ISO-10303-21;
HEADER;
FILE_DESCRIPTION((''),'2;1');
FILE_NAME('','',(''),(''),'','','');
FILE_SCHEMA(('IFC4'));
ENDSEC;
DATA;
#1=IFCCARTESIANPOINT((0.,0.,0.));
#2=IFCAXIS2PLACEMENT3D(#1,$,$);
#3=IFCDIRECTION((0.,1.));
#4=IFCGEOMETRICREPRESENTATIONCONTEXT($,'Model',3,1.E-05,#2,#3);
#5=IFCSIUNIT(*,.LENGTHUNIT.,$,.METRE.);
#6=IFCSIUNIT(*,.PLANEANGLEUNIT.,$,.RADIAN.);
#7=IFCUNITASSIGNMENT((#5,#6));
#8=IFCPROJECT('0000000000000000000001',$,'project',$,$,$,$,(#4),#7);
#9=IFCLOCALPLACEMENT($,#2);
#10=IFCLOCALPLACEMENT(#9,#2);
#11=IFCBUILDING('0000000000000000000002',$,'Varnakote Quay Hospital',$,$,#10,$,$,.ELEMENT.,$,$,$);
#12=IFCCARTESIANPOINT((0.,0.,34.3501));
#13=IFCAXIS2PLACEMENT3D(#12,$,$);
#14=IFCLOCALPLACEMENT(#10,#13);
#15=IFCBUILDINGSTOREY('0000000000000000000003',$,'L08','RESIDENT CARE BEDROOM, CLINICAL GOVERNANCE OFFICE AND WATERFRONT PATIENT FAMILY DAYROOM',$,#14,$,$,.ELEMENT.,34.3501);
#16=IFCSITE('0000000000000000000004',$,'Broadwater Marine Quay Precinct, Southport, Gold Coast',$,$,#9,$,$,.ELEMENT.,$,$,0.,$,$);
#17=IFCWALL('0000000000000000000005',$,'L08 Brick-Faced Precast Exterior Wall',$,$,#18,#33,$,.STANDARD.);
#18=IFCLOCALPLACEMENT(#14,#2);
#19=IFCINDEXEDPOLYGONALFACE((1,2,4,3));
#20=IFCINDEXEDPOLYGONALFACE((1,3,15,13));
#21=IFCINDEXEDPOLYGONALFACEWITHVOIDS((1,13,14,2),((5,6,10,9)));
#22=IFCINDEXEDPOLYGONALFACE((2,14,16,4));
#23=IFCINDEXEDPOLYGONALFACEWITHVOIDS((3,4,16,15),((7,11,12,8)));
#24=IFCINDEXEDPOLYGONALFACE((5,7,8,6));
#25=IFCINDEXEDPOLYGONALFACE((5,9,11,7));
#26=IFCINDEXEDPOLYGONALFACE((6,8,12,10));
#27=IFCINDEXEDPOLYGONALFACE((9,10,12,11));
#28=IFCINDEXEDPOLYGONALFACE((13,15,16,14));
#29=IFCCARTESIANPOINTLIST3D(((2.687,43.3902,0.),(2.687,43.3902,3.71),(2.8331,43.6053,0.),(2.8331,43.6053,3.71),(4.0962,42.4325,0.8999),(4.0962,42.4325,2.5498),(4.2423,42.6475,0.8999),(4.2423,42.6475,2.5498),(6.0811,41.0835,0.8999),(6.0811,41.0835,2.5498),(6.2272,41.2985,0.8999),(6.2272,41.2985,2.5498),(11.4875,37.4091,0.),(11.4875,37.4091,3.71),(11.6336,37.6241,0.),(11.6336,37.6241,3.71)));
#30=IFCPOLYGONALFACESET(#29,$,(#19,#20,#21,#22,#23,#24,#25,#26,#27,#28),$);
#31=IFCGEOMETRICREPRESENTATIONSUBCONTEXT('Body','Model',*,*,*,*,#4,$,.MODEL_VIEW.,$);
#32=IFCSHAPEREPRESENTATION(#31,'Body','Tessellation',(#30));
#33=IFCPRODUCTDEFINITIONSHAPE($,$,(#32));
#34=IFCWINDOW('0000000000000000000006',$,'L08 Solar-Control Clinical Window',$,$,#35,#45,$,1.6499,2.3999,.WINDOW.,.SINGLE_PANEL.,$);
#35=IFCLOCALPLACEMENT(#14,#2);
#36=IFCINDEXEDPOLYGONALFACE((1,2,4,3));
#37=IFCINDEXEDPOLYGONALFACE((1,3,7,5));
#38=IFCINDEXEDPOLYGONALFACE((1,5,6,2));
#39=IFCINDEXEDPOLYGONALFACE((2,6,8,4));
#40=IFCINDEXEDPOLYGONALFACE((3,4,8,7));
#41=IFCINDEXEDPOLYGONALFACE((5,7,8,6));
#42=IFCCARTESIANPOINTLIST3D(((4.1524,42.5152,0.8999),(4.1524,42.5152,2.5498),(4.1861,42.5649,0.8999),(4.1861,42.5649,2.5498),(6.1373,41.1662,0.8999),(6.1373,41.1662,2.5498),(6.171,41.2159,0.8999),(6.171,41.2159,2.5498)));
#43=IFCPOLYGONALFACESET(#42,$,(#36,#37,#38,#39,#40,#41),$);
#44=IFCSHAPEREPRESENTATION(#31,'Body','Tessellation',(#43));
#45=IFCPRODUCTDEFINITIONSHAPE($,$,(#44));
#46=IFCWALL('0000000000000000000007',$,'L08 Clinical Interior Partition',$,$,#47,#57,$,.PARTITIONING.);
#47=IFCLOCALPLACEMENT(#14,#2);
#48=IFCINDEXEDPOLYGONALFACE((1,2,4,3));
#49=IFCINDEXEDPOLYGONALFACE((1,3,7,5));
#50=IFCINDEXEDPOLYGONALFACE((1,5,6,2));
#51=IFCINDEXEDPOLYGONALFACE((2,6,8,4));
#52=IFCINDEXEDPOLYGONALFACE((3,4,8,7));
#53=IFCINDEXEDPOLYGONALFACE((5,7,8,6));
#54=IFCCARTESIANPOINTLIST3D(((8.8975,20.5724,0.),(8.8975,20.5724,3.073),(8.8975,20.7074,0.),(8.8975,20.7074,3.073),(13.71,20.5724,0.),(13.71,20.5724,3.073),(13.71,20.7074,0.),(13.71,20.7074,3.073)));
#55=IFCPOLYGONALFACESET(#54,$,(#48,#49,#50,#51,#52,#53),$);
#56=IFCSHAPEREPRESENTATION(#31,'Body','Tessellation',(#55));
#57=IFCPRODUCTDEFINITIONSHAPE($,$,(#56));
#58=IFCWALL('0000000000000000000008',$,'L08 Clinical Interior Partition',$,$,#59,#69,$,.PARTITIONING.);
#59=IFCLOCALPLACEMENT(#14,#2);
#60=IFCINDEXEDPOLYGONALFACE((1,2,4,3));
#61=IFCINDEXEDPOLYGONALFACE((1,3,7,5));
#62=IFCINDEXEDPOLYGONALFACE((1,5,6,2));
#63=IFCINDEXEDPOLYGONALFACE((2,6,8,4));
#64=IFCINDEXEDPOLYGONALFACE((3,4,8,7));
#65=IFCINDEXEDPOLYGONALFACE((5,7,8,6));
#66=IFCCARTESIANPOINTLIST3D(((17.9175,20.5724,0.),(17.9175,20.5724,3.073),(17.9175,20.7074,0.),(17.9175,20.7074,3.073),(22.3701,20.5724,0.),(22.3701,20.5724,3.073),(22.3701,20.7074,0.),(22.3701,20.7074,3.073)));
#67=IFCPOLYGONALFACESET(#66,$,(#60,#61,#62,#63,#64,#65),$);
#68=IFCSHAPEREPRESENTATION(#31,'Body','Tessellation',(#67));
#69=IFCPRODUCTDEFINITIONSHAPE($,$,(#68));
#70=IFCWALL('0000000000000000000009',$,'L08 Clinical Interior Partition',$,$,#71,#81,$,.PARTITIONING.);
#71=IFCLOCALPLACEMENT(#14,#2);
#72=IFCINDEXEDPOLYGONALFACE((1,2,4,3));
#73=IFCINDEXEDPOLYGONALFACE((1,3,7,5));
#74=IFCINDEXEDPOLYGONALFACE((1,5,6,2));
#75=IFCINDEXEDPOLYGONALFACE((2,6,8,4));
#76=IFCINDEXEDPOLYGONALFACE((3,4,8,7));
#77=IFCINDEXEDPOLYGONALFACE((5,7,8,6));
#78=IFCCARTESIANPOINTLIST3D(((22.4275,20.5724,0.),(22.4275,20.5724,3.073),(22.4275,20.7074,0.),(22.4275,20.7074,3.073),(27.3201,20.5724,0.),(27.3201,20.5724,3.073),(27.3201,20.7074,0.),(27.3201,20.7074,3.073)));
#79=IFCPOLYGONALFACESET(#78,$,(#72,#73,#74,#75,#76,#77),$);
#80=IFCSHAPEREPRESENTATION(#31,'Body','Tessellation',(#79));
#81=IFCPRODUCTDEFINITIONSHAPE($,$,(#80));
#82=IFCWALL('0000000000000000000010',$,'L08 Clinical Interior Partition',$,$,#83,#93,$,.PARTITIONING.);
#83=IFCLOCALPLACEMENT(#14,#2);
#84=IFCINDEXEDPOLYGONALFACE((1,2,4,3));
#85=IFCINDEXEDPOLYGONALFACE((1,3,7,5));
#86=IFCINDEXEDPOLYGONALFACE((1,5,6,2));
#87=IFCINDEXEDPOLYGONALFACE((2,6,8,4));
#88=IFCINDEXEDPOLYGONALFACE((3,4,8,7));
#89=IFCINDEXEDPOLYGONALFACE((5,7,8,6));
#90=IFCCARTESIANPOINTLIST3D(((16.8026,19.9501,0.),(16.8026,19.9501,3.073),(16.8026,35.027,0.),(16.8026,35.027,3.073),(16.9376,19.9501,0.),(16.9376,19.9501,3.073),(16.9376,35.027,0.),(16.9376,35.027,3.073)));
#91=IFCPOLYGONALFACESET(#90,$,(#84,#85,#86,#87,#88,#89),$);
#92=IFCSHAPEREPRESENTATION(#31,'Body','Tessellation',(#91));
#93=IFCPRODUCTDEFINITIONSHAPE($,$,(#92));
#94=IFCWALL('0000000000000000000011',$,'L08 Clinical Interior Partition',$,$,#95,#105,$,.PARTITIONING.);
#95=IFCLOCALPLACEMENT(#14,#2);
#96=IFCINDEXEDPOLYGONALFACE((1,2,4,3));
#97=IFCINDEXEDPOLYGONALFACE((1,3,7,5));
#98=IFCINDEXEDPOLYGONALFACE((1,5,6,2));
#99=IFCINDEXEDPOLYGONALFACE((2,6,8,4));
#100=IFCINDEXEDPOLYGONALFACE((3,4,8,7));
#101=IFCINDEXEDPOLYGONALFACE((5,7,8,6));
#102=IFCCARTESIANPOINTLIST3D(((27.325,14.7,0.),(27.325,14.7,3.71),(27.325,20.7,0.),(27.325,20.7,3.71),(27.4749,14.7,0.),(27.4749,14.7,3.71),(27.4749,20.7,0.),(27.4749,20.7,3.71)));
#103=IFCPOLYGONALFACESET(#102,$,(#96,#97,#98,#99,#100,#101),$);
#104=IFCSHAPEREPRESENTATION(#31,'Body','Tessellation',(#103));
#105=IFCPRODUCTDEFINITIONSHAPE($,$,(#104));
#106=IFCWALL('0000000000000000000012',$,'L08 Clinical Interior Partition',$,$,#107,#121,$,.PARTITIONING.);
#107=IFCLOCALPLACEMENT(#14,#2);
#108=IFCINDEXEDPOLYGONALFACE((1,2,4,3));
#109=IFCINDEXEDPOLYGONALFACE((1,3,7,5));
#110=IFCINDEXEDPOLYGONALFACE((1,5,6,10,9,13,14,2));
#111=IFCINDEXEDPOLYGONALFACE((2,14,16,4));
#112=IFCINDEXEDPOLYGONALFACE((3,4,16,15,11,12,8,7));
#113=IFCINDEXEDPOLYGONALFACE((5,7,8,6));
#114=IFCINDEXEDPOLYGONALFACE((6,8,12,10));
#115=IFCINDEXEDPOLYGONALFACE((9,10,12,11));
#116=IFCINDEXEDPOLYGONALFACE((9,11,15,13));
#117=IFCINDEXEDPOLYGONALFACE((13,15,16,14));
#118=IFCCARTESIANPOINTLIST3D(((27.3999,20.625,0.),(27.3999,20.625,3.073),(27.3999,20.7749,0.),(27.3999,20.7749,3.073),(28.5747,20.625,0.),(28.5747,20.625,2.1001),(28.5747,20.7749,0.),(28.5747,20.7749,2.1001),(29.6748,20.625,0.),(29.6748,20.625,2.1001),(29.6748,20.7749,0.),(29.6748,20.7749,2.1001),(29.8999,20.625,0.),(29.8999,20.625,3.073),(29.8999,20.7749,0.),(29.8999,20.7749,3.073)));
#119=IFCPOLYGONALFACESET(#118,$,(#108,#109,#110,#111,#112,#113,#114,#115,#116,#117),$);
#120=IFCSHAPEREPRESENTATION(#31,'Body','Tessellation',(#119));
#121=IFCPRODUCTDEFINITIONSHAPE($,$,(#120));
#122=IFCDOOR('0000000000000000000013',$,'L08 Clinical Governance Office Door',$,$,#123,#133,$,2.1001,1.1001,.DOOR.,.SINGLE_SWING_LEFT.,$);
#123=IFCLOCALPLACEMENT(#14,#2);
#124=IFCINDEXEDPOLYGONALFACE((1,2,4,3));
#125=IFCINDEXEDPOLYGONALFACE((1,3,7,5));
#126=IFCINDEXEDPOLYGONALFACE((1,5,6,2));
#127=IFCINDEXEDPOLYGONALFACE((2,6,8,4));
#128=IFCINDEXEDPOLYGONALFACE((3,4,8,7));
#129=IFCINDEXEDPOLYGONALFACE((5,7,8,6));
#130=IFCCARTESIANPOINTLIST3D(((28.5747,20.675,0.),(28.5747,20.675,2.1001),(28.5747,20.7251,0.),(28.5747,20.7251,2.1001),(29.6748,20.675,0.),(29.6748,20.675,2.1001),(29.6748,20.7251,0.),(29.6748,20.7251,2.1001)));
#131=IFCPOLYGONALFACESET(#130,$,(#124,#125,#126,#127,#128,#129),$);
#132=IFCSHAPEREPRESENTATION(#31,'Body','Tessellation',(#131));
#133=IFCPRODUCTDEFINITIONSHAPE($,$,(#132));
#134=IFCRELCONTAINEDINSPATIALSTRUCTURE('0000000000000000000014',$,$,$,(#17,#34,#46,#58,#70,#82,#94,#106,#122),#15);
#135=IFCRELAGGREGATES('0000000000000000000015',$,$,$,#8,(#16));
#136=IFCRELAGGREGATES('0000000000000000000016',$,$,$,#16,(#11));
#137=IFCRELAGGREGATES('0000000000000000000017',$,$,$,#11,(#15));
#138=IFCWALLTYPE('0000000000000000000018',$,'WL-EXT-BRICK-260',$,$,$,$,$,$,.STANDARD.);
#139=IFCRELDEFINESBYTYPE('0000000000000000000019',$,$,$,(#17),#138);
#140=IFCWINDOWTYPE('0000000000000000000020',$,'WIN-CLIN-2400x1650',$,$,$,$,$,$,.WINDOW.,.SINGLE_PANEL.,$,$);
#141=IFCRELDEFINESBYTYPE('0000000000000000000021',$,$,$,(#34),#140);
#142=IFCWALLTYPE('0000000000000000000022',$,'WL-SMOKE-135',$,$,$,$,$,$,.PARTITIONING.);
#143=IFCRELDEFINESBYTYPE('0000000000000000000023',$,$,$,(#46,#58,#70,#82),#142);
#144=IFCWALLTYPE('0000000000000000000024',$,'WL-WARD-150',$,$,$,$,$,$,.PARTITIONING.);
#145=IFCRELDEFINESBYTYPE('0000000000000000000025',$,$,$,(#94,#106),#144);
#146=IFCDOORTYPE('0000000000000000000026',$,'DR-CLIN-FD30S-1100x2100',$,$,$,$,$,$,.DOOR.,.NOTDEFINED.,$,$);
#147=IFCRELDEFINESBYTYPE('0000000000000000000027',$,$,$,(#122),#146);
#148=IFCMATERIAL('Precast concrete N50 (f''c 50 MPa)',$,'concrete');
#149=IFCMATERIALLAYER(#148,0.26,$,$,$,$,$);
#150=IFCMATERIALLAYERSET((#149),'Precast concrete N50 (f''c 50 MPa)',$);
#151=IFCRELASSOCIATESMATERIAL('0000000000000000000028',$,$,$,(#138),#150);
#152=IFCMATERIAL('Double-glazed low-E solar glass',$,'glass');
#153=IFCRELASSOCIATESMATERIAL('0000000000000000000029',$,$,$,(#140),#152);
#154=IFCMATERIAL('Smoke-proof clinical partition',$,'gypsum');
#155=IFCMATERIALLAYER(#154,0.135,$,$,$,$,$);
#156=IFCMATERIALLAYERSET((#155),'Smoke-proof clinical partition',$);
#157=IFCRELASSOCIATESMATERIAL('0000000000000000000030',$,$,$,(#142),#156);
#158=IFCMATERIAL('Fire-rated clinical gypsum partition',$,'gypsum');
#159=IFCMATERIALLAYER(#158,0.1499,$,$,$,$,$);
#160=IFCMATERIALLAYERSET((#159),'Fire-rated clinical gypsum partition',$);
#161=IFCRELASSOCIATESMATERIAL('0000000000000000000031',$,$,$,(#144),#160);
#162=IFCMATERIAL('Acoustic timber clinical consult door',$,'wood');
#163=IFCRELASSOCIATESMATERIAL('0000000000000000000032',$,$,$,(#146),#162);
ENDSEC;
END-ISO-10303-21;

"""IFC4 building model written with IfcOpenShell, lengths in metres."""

from ifc_helpers import new_model, si_unit, direction, frame, frame_2d, origin, place, context, subcontext, project, spatial, rectangle, extrude, material, layer, layer_set, type_object, element, fill, save


model = new_model("IFC4")

# Units and contexts
model_context = context("Model", 3, precision=1e-05, world=origin(), true_north=direction((0.0, 1.0)))
body_context = subcontext(model_context, "Body", "Model", "MODEL_VIEW")
ifc_project = project(units=[si_unit("LENGTHUNIT", "METRE"), si_unit("PLANEANGLEUNIT", "RADIAN")], contexts=[model_context])

# Site, building, storey
site_placement = place(None, origin())
site = spatial("IfcSite", under=ifc_project, at=site_placement, Name="Broadwater Marine Quay Precinct, Southport, Gold Coast", CompositionType="ELEMENT", RefElevation=0.0)
building_placement = place(site_placement, origin())
building = spatial("IfcBuilding", under=site, at=building_placement, Name="Varnakote Quay Hospital", CompositionType="ELEMENT")
storey_placement = place(building_placement, frame((0.0, 0.0, 34.3501)))
storey = spatial("IfcBuildingStorey", under=building, at=storey_placement, Name="L08", Description="RESIDENT CARE BEDROOM, CLINICAL GOVERNANCE OFFICE AND WATERFRONT PATIENT FAMILY DAYROOM", CompositionType="ELEMENT", Elevation=34.3501)

# Wall, opening, window
ifc_material_1 = material(Name="Precast concrete N50 (f'c 50 MPa)", Category="concrete")
ifc_layer_1 = layer(ifc_material_1, 0.26)
ifc_layer_set_1 = layer_set([ifc_layer_1], Name="Precast concrete N50 (f'c 50 MPa)")
wall_type_1 = type_object("IfcWallType", Name="WL-EXT-BRICK-260", PredefinedType="STANDARD", material=ifc_layer_set_1)
ifc_material_2 = material(Name="Double-glazed low-E solar glass", Category="glass")
window_type = type_object("IfcWindowType", Name="WIN-CLIN-2400x1650", PartitioningType="SINGLE_PANEL", PredefinedType="WINDOW", material=ifc_material_2)
wall_1_placement = place(storey_placement, frame((11.5605, 37.5166, 0.0), z_axis=(0.0, 0.0, 1.0), x_axis=(-0.827065, 0.562107, 0.0)))
wall_1 = element("IfcWall", 1, at=wall_1_placement, inside=storey, type_object=wall_type_1, Name="L08 Brick-Faced Precast Exterior Wall", PredefinedType="STANDARD", context=body_context, shape_type="SweptSolid", body=[
    extrude(rectangle(XDim=10.6406, YDim=0.26, at=frame_2d((5.3203, 0.0))), origin(), (0.0, 0.0, 1.0), 3.71),
])
opening_1_placement = place(wall_1_placement, frame((6.5369, 0.0, 0.8999)))
opening_1 = element("IfcOpeningElement", 2, at=opening_1_placement, cuts=wall_1, PredefinedType="OPENING", context=body_context, shape_type="SweptSolid", body=[
    extrude(rectangle(XDim=2.3999, YDim=1.6499, at=frame_2d((1.2, 0.825))), frame((0.0, 0.1399, 0.0), z_axis=(0.0, -1.0, 0.0), x_axis=(1.0, 0.0, 0.0)), (0.0, 0.0, 1.0), 0.28),
])
window_1_placement = place(opening_1_placement, origin())
window_1 = element("IfcWindow", 3, at=window_1_placement, inside=storey, type_object=window_type, Name="L08 Solar-Control Clinical Window", OverallHeight=1.6499, OverallWidth=2.3999, PartitioningType="SINGLE_PANEL", PredefinedType="WINDOW", context=body_context, shape_type="SweptSolid", body=[
    extrude(rectangle(XDim=2.3999, YDim=1.6499, at=frame_2d((1.2, 0.825))), frame((0.0, 0.03, 0.0), z_axis=(0.0, -1.0, 0.0), x_axis=(1.0, 0.0, 0.0)), (0.0, 0.0, 1.0), 0.0601),
])
fill(opening_1, window_1)

# Walls
ifc_material_3 = material(Name="Smoke-proof clinical partition", Category="gypsum")
ifc_layer_2 = layer(ifc_material_3, 0.135)
ifc_layer_set_2 = layer_set([ifc_layer_2], Name="Smoke-proof clinical partition")
wall_type_2 = type_object("IfcWallType", Name="WL-SMOKE-135", PredefinedType="PARTITIONING", material=ifc_layer_set_2)
wall_2_placement = place(storey_placement, frame((13.71, 20.6399, 0.0), z_axis=(0.0, 0.0, 1.0), x_axis=(-1.0, 0.0, 0.0)))
element("IfcWall", 4, at=wall_2_placement, inside=storey, type_object=wall_type_2, Name="L08 Clinical Interior Partition", PredefinedType="PARTITIONING", context=body_context, shape_type="SweptSolid", body=[
    extrude(rectangle(XDim=4.8125, YDim=0.135, at=frame_2d((2.4062, 0.0))), origin(), (0.0, 0.0, 1.0), 3.073),
])
wall_3_placement = place(storey_placement, frame((22.3701, 20.6399, 0.0), z_axis=(0.0, 0.0, 1.0), x_axis=(-1.0, 0.0, 0.0)))
element("IfcWall", 5, at=wall_3_placement, inside=storey, type_object=wall_type_2, Name="L08 Clinical Interior Partition", PredefinedType="PARTITIONING", context=body_context, shape_type="SweptSolid", body=[
    extrude(rectangle(XDim=4.4526, YDim=0.135, at=frame_2d((2.2263, 0.0))), origin(), (0.0, 0.0, 1.0), 3.073),
])
wall_4_placement = place(storey_placement, frame((27.3201, 20.6399, 0.0), z_axis=(0.0, 0.0, 1.0), x_axis=(-1.0, 0.0, 0.0)))
element("IfcWall", 6, at=wall_4_placement, inside=storey, type_object=wall_type_2, Name="L08 Clinical Interior Partition", PredefinedType="PARTITIONING", context=body_context, shape_type="SweptSolid", body=[
    extrude(rectangle(XDim=4.8926, YDim=0.135, at=frame_2d((2.4463, 0.0))), origin(), (0.0, 0.0, 1.0), 3.073),
])
wall_5_placement = place(storey_placement, frame((16.8701, 19.95, 0.0), z_axis=(0.0, 0.0, 1.0), x_axis=(0.0, 1.0, 0.0)))
element("IfcWall", 7, at=wall_5_placement, inside=storey, type_object=wall_type_2, Name="L08 Clinical Interior Partition", PredefinedType="PARTITIONING", context=body_context, shape_type="SweptSolid", body=[
    extrude(rectangle(XDim=15.0769, YDim=0.135, at=frame_2d((7.5386, 0.0))), origin(), (0.0, 0.0, 1.0), 3.073),
])
ifc_material_4 = material(Name="Fire-rated clinical gypsum partition", Category="gypsum")
ifc_layer_3 = layer(ifc_material_4, 0.1499)
ifc_layer_set_3 = layer_set([ifc_layer_3], Name="Fire-rated clinical gypsum partition")
wall_type_3 = type_object("IfcWallType", Name="WL-WARD-150", PredefinedType="PARTITIONING", material=ifc_layer_set_3)
wall_6_placement = place(storey_placement, frame((27.3999, 20.7, 0.0), z_axis=(0.0, 0.0, 1.0), x_axis=(0.0, -1.0, 0.0)))
element("IfcWall", 8, at=wall_6_placement, inside=storey, type_object=wall_type_3, Name="L08 Clinical Interior Partition", PredefinedType="PARTITIONING", context=body_context, shape_type="SweptSolid", body=[
    extrude(rectangle(XDim=6.0, YDim=0.1499, at=frame_2d((3.0, 0.0))), origin(), (0.0, 0.0, 1.0), 3.71),
])

# Wall, opening, door
wall_7_placement = place(storey_placement, frame((29.8999, 20.7, 0.0), z_axis=(0.0, 0.0, 1.0), x_axis=(-1.0, 0.0, 0.0)))
wall_7 = element("IfcWall", 9, at=wall_7_placement, inside=storey, type_object=wall_type_3, Name="L08 Clinical Interior Partition", PredefinedType="PARTITIONING", context=body_context, shape_type="SweptSolid", body=[
    extrude(rectangle(XDim=2.5, YDim=0.1499, at=frame_2d((1.25, 0.0))), origin(), (0.0, 0.0, 1.0), 3.073),
])
opening_2_placement = place(wall_7_placement, frame((0.2251, 0.0, 0.0)))
opening_2 = element("IfcOpeningElement", 10, at=opening_2_placement, cuts=wall_7, PredefinedType="OPENING", context=body_context, shape_type="SweptSolid", body=[
    extrude(rectangle(XDim=1.1001, YDim=2.1001, at=frame_2d((0.55, 1.05))), frame((0.0, 0.085, 0.0), z_axis=(0.0, -1.0, 0.0), x_axis=(1.0, 0.0, 0.0)), (0.0, 0.0, 1.0), 0.1699),
])
ifc_material_5 = material(Name="Acoustic timber clinical consult door", Category="wood")
door_type = type_object("IfcDoorType", Name="DR-CLIN-FD30S-1100x2100", OperationType="NOTDEFINED", PredefinedType="DOOR", material=ifc_material_5)
door_placement = place(opening_2_placement, origin())
door = element("IfcDoor", 11, at=door_placement, inside=storey, type_object=door_type, Name="L08 Clinical Governance Office Door", OperationType="SINGLE_SWING_LEFT", OverallHeight=2.1001, OverallWidth=1.1001, PredefinedType="DOOR", context=body_context, shape_type="SweptSolid", body=[
    extrude(rectangle(XDim=1.1001, YDim=2.1001, at=frame_2d((0.55, 1.05))), frame((0.0, 0.0249, 0.0), z_axis=(0.0, -1.0, 0.0), x_axis=(1.0, 0.0, 0.0)), (0.0, 0.0, 1.0), 0.05),
])
fill(opening_2, door)

save(model, "model.ifc")
